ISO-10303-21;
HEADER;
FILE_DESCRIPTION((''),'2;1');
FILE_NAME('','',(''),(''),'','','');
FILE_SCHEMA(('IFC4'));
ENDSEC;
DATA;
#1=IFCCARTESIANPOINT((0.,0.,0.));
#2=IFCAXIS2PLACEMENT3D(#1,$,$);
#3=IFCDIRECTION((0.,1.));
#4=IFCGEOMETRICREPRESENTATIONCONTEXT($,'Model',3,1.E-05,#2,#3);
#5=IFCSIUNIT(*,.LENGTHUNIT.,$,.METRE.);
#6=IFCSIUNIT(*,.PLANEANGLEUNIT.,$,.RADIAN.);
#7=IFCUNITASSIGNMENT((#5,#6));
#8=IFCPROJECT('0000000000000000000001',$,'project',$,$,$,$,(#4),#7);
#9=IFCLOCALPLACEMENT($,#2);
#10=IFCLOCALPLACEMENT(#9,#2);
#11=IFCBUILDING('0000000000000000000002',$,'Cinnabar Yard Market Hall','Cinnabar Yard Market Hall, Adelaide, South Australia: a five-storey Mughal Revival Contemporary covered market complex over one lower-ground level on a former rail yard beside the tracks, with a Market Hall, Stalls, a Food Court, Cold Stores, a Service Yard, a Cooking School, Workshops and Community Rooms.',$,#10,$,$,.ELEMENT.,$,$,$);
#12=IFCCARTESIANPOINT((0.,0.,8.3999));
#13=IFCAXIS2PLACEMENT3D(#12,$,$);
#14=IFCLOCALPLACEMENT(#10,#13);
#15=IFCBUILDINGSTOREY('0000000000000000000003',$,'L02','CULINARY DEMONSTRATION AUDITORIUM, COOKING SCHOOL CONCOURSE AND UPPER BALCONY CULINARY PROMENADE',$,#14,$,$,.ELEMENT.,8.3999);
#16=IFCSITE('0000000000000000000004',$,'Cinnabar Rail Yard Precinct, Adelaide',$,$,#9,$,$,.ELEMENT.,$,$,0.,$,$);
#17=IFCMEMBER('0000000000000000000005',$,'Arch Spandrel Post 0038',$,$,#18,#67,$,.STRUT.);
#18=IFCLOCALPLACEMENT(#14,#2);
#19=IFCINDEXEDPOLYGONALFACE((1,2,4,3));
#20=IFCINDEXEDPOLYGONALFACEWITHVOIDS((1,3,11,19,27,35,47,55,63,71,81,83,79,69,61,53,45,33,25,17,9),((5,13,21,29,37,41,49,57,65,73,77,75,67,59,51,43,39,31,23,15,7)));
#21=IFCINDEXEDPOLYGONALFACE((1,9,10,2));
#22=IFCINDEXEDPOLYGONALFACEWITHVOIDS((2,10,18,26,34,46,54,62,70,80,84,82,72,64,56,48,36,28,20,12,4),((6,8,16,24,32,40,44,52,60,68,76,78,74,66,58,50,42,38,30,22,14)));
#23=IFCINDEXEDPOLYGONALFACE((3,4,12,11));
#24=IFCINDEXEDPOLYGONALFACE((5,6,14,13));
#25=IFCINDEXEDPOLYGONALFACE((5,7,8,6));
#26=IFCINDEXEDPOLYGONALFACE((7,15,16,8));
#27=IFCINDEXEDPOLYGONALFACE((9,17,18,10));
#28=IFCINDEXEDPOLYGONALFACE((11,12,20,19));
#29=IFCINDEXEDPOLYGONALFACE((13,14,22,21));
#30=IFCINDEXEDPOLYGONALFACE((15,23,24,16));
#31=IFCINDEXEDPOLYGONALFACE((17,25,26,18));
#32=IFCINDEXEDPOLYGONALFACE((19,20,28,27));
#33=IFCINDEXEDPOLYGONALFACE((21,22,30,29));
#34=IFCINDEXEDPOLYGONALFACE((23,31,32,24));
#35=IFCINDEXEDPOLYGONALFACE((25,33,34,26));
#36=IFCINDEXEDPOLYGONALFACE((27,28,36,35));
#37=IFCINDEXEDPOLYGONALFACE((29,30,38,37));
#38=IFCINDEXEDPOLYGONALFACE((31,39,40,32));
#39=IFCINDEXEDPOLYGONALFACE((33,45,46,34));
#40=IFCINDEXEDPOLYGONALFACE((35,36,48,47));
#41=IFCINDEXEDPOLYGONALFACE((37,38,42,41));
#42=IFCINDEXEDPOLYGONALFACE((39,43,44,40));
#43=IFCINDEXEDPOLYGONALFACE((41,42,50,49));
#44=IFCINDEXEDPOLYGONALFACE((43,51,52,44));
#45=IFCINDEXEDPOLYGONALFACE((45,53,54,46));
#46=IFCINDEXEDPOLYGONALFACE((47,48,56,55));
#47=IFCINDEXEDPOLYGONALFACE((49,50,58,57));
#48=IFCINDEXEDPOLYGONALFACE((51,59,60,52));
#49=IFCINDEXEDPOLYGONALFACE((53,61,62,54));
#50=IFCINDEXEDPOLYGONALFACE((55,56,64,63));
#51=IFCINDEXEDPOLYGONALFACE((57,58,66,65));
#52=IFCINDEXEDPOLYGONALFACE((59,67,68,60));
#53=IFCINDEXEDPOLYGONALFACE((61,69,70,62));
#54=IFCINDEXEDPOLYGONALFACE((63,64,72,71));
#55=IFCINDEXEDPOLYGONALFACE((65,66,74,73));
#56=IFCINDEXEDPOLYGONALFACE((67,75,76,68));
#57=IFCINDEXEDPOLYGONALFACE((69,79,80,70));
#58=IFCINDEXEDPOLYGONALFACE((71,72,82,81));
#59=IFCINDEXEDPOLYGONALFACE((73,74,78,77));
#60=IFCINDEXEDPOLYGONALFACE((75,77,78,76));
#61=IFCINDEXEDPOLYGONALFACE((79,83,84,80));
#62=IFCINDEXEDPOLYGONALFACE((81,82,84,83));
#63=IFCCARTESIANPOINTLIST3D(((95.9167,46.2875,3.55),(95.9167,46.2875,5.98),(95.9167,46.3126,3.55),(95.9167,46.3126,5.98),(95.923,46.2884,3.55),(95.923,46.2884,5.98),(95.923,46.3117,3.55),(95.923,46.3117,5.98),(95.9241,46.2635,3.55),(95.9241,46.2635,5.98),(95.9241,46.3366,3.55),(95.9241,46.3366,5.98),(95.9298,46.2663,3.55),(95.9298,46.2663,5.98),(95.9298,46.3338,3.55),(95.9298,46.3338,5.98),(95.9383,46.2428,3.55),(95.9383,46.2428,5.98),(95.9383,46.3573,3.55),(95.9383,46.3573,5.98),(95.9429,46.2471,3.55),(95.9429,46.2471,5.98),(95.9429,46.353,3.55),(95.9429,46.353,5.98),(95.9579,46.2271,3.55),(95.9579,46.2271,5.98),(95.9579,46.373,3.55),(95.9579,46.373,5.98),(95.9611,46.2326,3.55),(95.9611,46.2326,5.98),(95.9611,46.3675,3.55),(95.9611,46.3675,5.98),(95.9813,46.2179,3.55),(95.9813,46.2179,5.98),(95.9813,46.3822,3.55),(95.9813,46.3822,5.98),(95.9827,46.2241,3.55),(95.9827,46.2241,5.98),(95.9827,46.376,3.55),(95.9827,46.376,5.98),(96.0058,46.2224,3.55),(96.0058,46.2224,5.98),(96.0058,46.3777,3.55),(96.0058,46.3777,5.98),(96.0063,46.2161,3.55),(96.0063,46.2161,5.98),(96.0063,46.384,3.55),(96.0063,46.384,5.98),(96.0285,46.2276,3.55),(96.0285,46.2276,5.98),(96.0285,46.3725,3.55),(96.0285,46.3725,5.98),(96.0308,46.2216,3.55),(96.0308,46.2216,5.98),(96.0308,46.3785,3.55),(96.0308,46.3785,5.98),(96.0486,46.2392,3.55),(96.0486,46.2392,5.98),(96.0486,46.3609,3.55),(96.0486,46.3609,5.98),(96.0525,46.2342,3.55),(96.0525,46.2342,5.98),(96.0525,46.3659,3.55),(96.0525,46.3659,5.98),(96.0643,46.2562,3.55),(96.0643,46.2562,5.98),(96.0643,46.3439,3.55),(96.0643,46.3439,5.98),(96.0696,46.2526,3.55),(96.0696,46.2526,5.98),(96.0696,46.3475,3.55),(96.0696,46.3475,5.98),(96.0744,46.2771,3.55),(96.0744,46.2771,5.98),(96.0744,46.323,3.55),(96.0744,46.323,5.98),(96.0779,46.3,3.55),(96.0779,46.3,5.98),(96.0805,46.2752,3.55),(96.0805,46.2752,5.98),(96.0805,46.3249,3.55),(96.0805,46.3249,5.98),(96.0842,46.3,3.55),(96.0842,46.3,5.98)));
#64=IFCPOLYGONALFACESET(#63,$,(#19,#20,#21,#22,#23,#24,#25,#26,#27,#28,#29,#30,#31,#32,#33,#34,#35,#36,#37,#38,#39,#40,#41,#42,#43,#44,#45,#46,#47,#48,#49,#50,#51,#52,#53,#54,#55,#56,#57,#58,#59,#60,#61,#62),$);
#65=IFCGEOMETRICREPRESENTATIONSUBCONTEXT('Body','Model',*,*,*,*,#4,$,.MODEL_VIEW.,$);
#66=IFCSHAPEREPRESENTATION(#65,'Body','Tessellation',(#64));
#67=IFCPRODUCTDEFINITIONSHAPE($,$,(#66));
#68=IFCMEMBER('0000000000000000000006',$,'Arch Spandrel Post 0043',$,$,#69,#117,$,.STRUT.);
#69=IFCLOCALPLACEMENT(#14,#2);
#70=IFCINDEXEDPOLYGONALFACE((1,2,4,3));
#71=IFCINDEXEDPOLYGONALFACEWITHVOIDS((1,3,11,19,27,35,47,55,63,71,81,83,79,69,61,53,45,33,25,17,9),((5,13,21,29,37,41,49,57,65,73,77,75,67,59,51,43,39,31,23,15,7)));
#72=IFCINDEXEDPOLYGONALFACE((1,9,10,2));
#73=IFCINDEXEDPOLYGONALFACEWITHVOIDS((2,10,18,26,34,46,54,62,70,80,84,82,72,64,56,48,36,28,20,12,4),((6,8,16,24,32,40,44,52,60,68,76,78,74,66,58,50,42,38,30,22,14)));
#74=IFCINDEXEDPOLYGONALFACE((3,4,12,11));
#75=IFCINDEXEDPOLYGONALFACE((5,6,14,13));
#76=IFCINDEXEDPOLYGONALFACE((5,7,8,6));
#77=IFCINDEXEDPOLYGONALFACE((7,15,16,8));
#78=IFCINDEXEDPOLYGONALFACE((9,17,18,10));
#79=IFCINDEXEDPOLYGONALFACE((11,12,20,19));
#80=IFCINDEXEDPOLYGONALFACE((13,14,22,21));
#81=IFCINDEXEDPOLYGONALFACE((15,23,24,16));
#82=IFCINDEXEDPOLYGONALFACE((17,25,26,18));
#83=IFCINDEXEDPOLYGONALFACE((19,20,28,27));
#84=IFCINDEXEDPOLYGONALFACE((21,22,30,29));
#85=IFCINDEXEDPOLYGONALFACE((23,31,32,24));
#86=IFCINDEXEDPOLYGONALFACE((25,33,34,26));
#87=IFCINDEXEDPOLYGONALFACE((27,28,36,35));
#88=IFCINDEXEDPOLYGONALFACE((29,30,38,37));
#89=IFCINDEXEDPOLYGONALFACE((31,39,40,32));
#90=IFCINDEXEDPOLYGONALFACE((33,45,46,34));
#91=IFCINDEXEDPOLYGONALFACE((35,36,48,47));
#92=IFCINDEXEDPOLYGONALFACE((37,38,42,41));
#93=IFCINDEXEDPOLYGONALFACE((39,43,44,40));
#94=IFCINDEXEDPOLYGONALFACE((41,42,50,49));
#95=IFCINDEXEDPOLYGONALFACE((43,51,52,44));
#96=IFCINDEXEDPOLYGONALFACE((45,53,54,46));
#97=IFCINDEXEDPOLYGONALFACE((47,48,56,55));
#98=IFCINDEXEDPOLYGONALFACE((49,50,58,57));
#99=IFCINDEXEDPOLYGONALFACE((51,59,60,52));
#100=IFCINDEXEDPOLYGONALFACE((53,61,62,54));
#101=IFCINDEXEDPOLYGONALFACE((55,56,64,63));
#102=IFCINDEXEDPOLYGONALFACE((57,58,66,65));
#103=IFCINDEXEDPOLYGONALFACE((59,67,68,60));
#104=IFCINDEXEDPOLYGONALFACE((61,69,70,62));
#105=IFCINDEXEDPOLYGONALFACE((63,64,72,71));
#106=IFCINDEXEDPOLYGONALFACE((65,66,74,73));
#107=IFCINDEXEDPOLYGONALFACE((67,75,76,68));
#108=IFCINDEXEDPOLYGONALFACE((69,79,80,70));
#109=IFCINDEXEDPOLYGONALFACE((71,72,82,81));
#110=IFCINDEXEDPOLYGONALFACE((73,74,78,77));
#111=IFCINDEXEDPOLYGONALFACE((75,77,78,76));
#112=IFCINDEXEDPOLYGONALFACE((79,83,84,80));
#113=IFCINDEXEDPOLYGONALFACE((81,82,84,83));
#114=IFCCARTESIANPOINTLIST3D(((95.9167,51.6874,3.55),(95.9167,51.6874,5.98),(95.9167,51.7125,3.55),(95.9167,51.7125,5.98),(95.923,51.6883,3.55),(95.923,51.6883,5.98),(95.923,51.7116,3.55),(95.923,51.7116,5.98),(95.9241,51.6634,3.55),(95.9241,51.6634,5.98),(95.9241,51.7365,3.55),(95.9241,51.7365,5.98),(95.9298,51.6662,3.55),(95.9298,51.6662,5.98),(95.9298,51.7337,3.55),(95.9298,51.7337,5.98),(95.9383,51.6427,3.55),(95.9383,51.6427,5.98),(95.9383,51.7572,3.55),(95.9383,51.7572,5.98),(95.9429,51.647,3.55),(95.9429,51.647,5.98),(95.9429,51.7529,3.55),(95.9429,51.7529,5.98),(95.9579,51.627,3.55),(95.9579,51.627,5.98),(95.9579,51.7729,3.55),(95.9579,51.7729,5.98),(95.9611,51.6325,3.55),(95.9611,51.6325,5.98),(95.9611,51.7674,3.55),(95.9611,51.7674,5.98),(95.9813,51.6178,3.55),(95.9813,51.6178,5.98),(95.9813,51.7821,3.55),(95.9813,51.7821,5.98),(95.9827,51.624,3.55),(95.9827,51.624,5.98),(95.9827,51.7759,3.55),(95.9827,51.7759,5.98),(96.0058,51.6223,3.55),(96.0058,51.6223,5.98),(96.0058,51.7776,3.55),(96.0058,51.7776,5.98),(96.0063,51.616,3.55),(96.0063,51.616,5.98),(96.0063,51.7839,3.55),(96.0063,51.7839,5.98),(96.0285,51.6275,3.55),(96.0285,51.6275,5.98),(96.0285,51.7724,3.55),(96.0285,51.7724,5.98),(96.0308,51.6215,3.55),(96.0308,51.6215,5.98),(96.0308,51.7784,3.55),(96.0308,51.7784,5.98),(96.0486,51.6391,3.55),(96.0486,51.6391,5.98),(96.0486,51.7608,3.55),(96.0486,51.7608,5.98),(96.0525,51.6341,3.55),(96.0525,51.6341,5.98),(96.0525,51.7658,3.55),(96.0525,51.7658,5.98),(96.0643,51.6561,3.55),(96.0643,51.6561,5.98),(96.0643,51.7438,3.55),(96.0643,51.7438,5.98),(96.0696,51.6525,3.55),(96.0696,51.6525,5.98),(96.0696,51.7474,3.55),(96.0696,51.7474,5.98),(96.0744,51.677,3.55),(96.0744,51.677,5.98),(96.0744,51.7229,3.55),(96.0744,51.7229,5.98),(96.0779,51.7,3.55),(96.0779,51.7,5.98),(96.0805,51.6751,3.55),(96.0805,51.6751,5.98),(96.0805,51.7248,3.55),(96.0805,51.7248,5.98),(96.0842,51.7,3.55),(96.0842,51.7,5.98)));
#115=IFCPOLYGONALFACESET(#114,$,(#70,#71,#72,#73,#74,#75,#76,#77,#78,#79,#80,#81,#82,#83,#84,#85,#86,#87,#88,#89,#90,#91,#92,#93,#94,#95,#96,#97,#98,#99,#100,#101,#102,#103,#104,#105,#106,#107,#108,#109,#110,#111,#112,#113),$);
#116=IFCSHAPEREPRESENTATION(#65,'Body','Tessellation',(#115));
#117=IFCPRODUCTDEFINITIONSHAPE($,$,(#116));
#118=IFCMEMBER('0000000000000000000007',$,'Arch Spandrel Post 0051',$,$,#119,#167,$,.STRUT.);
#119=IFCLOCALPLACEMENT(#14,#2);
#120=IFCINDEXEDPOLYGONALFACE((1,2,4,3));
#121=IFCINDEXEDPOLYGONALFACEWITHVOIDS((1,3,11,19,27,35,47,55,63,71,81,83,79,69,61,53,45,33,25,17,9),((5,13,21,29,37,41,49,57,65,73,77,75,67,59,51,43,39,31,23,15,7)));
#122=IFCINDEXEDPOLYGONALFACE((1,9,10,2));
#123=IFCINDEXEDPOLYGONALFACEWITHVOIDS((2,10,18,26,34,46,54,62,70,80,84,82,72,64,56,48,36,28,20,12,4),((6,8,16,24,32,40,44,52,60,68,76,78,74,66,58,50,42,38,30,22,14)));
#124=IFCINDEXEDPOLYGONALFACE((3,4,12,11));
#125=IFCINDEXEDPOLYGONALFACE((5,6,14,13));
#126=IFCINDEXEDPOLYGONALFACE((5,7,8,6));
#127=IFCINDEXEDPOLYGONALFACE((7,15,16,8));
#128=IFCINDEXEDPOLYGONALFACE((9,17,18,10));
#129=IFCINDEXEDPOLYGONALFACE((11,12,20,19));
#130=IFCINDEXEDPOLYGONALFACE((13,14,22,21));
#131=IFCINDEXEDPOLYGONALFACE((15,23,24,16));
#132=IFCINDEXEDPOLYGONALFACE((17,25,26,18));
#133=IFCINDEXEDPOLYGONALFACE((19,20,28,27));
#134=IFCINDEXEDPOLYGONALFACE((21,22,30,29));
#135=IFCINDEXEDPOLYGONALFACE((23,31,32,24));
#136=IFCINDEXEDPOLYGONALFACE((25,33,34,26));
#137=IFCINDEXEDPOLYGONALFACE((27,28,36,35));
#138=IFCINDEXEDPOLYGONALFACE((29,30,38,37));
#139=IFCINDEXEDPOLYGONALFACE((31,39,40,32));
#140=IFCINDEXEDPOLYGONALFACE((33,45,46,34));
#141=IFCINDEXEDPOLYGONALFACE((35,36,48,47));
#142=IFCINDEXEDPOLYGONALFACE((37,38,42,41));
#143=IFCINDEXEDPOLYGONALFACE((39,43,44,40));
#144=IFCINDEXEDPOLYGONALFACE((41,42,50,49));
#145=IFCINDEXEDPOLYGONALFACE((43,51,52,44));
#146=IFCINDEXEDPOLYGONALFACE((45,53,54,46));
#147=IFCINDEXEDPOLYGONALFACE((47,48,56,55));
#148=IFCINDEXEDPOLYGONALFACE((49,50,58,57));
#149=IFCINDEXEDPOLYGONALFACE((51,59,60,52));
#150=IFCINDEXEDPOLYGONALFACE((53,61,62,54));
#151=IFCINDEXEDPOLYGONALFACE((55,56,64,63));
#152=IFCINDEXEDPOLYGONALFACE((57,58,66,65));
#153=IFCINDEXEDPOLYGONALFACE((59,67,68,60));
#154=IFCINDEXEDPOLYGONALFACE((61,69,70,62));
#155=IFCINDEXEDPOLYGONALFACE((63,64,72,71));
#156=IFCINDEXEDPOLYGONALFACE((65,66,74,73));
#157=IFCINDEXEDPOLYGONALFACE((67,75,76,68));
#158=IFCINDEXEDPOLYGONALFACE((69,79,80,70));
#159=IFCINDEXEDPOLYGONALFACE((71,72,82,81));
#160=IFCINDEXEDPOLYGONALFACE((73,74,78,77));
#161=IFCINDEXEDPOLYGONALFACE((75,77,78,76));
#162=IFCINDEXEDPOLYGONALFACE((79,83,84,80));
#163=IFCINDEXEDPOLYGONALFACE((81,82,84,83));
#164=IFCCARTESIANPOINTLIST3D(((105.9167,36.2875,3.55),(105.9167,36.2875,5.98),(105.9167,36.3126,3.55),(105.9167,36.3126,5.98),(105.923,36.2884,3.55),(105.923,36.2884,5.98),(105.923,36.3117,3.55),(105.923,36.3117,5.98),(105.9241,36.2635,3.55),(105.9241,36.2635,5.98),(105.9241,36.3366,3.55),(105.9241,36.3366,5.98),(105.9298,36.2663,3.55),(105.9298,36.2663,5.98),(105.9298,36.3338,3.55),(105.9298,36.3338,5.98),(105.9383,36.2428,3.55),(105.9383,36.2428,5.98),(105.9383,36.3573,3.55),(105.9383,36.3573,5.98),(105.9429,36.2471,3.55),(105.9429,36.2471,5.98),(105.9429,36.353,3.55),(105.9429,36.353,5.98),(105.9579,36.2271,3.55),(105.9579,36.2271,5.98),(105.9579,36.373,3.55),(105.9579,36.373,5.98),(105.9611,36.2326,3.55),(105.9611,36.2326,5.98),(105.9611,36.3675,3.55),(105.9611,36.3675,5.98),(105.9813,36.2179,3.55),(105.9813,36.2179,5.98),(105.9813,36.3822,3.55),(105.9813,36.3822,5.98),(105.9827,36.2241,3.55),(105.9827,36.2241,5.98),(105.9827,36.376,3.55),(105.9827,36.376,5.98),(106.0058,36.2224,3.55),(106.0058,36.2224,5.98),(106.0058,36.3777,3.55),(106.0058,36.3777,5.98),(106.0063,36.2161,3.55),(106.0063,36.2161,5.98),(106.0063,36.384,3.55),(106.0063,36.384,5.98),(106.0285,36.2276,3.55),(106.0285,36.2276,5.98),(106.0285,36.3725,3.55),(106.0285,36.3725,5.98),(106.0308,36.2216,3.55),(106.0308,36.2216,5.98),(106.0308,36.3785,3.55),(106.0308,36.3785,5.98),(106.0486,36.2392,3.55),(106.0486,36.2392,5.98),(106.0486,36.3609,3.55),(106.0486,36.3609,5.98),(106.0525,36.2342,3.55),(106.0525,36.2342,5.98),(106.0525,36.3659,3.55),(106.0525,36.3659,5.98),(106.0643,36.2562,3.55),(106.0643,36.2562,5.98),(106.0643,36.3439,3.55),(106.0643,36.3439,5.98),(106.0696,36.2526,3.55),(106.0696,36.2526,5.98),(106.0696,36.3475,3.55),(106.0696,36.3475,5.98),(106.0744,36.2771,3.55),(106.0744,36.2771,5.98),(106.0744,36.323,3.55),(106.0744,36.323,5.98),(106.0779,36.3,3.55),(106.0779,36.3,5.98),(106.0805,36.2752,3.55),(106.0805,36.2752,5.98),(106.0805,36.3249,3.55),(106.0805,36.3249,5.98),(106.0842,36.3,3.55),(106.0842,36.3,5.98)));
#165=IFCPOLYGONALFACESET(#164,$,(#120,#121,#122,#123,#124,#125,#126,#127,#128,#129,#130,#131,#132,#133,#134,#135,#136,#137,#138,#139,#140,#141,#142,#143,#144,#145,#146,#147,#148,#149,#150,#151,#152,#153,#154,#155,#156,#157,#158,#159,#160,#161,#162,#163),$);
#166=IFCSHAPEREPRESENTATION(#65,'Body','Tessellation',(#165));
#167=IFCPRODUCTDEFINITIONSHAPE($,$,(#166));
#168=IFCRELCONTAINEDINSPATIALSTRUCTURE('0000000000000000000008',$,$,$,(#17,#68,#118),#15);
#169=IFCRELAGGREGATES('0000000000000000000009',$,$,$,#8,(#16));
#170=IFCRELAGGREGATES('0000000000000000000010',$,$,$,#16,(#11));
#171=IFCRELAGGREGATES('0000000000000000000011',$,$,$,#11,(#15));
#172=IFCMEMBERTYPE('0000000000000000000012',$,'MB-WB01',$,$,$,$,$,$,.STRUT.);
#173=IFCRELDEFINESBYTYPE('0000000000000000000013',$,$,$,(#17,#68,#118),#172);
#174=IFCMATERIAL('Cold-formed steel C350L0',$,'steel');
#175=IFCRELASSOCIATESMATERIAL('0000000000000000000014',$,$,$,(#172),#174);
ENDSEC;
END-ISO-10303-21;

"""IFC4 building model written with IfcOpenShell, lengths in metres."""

from ifc_helpers import new_model, si_unit, direction, frame, origin, origin_2d_with_axis, place, context, subcontext, project, spatial, hollow_circle, extrude, material, material_profile, profile_set, type_object, element, save


model = new_model("IFC4")

# Units and contexts
model_context = context("Model", 3, precision=1e-05, world=origin(), true_north=direction((0.0, 1.0)))
body_context = subcontext(model_context, "Body", "Model", "MODEL_VIEW")
ifc_project = project(units=[si_unit("LENGTHUNIT", "METRE"), si_unit("PLANEANGLEUNIT", "RADIAN")], contexts=[model_context])

# Site, building, storey
site_placement = place(None, origin())
site = spatial("IfcSite", under=ifc_project, at=site_placement, Name="Cinnabar Rail Yard Precinct, Adelaide", CompositionType="ELEMENT", RefElevation=0.0)
building_placement = place(site_placement, origin())
building = spatial("IfcBuilding", under=site, at=building_placement, Name="Cinnabar Yard Market Hall", Description="Cinnabar Yard Market Hall, Adelaide, South Australia: a five-storey Mughal Revival Contemporary covered market complex over one lower-ground level on a former rail yard beside the tracks, with a Market Hall, Stalls, a Food Court, Cold Stores, a Service Yard, a Cooking School, Workshops and Community Rooms.", CompositionType="ELEMENT")
storey_placement = place(building_placement, frame((0.0, 0.0, 8.3999)))
storey = spatial("IfcBuildingStorey", under=building, at=storey_placement, Name="L02", Description="CULINARY DEMONSTRATION AUDITORIUM, COOKING SCHOOL CONCOURSE AND UPPER BALCONY CULINARY PROMENADE", CompositionType="ELEMENT", Elevation=8.3999)

# Members
ifc_material_1 = material(Name="Cold-formed steel C350L0", Category="steel")
ifc_material_profile_1 = material_profile(ifc_material_1, hollow_circle(Radius=0.0842, WallThickness=0.0063, at=origin_2d_with_axis()), Name="168.3x6.4CHS")
ifc_profile_set_1 = profile_set([ifc_material_profile_1], Name="Cold-formed steel C350L0")
member_type_1 = type_object("IfcMemberType", Name="MB-WB01", PredefinedType="STRUT", material=ifc_profile_set_1)
for number, where, z_axis, x_axis, name in (
    (1, (96.0, 46.3, 3.55), (0.0, 0.0, 1.0), (1.0, 0.0, 0.0), "Arch Spandrel Post 0038"),
    (2, (96.0, 51.7, 3.55), (0.0, 0.0, 1.0), (1.0, 0.0, 0.0), "Arch Spandrel Post 0043"),
    (3, (106.0, 36.3, 3.55), (0.0, 0.0, 1.0), (1.0, 0.0, 0.0), "Arch Spandrel Post 0051"),
):
    element("IfcMember", number, at=place(storey_placement, frame(where, z_axis=z_axis, x_axis=x_axis)), inside=storey, type_object=member_type_1, Name=name, PredefinedType="STRUT", context=body_context, shape_type="SweptSolid", body=[
        extrude(hollow_circle(Radius=0.0842, WallThickness=0.0063, at=origin_2d_with_axis()), origin(), (0.0, 0.0, 1.0), 2.4299),
    ])

save(model, "model.ifc")
